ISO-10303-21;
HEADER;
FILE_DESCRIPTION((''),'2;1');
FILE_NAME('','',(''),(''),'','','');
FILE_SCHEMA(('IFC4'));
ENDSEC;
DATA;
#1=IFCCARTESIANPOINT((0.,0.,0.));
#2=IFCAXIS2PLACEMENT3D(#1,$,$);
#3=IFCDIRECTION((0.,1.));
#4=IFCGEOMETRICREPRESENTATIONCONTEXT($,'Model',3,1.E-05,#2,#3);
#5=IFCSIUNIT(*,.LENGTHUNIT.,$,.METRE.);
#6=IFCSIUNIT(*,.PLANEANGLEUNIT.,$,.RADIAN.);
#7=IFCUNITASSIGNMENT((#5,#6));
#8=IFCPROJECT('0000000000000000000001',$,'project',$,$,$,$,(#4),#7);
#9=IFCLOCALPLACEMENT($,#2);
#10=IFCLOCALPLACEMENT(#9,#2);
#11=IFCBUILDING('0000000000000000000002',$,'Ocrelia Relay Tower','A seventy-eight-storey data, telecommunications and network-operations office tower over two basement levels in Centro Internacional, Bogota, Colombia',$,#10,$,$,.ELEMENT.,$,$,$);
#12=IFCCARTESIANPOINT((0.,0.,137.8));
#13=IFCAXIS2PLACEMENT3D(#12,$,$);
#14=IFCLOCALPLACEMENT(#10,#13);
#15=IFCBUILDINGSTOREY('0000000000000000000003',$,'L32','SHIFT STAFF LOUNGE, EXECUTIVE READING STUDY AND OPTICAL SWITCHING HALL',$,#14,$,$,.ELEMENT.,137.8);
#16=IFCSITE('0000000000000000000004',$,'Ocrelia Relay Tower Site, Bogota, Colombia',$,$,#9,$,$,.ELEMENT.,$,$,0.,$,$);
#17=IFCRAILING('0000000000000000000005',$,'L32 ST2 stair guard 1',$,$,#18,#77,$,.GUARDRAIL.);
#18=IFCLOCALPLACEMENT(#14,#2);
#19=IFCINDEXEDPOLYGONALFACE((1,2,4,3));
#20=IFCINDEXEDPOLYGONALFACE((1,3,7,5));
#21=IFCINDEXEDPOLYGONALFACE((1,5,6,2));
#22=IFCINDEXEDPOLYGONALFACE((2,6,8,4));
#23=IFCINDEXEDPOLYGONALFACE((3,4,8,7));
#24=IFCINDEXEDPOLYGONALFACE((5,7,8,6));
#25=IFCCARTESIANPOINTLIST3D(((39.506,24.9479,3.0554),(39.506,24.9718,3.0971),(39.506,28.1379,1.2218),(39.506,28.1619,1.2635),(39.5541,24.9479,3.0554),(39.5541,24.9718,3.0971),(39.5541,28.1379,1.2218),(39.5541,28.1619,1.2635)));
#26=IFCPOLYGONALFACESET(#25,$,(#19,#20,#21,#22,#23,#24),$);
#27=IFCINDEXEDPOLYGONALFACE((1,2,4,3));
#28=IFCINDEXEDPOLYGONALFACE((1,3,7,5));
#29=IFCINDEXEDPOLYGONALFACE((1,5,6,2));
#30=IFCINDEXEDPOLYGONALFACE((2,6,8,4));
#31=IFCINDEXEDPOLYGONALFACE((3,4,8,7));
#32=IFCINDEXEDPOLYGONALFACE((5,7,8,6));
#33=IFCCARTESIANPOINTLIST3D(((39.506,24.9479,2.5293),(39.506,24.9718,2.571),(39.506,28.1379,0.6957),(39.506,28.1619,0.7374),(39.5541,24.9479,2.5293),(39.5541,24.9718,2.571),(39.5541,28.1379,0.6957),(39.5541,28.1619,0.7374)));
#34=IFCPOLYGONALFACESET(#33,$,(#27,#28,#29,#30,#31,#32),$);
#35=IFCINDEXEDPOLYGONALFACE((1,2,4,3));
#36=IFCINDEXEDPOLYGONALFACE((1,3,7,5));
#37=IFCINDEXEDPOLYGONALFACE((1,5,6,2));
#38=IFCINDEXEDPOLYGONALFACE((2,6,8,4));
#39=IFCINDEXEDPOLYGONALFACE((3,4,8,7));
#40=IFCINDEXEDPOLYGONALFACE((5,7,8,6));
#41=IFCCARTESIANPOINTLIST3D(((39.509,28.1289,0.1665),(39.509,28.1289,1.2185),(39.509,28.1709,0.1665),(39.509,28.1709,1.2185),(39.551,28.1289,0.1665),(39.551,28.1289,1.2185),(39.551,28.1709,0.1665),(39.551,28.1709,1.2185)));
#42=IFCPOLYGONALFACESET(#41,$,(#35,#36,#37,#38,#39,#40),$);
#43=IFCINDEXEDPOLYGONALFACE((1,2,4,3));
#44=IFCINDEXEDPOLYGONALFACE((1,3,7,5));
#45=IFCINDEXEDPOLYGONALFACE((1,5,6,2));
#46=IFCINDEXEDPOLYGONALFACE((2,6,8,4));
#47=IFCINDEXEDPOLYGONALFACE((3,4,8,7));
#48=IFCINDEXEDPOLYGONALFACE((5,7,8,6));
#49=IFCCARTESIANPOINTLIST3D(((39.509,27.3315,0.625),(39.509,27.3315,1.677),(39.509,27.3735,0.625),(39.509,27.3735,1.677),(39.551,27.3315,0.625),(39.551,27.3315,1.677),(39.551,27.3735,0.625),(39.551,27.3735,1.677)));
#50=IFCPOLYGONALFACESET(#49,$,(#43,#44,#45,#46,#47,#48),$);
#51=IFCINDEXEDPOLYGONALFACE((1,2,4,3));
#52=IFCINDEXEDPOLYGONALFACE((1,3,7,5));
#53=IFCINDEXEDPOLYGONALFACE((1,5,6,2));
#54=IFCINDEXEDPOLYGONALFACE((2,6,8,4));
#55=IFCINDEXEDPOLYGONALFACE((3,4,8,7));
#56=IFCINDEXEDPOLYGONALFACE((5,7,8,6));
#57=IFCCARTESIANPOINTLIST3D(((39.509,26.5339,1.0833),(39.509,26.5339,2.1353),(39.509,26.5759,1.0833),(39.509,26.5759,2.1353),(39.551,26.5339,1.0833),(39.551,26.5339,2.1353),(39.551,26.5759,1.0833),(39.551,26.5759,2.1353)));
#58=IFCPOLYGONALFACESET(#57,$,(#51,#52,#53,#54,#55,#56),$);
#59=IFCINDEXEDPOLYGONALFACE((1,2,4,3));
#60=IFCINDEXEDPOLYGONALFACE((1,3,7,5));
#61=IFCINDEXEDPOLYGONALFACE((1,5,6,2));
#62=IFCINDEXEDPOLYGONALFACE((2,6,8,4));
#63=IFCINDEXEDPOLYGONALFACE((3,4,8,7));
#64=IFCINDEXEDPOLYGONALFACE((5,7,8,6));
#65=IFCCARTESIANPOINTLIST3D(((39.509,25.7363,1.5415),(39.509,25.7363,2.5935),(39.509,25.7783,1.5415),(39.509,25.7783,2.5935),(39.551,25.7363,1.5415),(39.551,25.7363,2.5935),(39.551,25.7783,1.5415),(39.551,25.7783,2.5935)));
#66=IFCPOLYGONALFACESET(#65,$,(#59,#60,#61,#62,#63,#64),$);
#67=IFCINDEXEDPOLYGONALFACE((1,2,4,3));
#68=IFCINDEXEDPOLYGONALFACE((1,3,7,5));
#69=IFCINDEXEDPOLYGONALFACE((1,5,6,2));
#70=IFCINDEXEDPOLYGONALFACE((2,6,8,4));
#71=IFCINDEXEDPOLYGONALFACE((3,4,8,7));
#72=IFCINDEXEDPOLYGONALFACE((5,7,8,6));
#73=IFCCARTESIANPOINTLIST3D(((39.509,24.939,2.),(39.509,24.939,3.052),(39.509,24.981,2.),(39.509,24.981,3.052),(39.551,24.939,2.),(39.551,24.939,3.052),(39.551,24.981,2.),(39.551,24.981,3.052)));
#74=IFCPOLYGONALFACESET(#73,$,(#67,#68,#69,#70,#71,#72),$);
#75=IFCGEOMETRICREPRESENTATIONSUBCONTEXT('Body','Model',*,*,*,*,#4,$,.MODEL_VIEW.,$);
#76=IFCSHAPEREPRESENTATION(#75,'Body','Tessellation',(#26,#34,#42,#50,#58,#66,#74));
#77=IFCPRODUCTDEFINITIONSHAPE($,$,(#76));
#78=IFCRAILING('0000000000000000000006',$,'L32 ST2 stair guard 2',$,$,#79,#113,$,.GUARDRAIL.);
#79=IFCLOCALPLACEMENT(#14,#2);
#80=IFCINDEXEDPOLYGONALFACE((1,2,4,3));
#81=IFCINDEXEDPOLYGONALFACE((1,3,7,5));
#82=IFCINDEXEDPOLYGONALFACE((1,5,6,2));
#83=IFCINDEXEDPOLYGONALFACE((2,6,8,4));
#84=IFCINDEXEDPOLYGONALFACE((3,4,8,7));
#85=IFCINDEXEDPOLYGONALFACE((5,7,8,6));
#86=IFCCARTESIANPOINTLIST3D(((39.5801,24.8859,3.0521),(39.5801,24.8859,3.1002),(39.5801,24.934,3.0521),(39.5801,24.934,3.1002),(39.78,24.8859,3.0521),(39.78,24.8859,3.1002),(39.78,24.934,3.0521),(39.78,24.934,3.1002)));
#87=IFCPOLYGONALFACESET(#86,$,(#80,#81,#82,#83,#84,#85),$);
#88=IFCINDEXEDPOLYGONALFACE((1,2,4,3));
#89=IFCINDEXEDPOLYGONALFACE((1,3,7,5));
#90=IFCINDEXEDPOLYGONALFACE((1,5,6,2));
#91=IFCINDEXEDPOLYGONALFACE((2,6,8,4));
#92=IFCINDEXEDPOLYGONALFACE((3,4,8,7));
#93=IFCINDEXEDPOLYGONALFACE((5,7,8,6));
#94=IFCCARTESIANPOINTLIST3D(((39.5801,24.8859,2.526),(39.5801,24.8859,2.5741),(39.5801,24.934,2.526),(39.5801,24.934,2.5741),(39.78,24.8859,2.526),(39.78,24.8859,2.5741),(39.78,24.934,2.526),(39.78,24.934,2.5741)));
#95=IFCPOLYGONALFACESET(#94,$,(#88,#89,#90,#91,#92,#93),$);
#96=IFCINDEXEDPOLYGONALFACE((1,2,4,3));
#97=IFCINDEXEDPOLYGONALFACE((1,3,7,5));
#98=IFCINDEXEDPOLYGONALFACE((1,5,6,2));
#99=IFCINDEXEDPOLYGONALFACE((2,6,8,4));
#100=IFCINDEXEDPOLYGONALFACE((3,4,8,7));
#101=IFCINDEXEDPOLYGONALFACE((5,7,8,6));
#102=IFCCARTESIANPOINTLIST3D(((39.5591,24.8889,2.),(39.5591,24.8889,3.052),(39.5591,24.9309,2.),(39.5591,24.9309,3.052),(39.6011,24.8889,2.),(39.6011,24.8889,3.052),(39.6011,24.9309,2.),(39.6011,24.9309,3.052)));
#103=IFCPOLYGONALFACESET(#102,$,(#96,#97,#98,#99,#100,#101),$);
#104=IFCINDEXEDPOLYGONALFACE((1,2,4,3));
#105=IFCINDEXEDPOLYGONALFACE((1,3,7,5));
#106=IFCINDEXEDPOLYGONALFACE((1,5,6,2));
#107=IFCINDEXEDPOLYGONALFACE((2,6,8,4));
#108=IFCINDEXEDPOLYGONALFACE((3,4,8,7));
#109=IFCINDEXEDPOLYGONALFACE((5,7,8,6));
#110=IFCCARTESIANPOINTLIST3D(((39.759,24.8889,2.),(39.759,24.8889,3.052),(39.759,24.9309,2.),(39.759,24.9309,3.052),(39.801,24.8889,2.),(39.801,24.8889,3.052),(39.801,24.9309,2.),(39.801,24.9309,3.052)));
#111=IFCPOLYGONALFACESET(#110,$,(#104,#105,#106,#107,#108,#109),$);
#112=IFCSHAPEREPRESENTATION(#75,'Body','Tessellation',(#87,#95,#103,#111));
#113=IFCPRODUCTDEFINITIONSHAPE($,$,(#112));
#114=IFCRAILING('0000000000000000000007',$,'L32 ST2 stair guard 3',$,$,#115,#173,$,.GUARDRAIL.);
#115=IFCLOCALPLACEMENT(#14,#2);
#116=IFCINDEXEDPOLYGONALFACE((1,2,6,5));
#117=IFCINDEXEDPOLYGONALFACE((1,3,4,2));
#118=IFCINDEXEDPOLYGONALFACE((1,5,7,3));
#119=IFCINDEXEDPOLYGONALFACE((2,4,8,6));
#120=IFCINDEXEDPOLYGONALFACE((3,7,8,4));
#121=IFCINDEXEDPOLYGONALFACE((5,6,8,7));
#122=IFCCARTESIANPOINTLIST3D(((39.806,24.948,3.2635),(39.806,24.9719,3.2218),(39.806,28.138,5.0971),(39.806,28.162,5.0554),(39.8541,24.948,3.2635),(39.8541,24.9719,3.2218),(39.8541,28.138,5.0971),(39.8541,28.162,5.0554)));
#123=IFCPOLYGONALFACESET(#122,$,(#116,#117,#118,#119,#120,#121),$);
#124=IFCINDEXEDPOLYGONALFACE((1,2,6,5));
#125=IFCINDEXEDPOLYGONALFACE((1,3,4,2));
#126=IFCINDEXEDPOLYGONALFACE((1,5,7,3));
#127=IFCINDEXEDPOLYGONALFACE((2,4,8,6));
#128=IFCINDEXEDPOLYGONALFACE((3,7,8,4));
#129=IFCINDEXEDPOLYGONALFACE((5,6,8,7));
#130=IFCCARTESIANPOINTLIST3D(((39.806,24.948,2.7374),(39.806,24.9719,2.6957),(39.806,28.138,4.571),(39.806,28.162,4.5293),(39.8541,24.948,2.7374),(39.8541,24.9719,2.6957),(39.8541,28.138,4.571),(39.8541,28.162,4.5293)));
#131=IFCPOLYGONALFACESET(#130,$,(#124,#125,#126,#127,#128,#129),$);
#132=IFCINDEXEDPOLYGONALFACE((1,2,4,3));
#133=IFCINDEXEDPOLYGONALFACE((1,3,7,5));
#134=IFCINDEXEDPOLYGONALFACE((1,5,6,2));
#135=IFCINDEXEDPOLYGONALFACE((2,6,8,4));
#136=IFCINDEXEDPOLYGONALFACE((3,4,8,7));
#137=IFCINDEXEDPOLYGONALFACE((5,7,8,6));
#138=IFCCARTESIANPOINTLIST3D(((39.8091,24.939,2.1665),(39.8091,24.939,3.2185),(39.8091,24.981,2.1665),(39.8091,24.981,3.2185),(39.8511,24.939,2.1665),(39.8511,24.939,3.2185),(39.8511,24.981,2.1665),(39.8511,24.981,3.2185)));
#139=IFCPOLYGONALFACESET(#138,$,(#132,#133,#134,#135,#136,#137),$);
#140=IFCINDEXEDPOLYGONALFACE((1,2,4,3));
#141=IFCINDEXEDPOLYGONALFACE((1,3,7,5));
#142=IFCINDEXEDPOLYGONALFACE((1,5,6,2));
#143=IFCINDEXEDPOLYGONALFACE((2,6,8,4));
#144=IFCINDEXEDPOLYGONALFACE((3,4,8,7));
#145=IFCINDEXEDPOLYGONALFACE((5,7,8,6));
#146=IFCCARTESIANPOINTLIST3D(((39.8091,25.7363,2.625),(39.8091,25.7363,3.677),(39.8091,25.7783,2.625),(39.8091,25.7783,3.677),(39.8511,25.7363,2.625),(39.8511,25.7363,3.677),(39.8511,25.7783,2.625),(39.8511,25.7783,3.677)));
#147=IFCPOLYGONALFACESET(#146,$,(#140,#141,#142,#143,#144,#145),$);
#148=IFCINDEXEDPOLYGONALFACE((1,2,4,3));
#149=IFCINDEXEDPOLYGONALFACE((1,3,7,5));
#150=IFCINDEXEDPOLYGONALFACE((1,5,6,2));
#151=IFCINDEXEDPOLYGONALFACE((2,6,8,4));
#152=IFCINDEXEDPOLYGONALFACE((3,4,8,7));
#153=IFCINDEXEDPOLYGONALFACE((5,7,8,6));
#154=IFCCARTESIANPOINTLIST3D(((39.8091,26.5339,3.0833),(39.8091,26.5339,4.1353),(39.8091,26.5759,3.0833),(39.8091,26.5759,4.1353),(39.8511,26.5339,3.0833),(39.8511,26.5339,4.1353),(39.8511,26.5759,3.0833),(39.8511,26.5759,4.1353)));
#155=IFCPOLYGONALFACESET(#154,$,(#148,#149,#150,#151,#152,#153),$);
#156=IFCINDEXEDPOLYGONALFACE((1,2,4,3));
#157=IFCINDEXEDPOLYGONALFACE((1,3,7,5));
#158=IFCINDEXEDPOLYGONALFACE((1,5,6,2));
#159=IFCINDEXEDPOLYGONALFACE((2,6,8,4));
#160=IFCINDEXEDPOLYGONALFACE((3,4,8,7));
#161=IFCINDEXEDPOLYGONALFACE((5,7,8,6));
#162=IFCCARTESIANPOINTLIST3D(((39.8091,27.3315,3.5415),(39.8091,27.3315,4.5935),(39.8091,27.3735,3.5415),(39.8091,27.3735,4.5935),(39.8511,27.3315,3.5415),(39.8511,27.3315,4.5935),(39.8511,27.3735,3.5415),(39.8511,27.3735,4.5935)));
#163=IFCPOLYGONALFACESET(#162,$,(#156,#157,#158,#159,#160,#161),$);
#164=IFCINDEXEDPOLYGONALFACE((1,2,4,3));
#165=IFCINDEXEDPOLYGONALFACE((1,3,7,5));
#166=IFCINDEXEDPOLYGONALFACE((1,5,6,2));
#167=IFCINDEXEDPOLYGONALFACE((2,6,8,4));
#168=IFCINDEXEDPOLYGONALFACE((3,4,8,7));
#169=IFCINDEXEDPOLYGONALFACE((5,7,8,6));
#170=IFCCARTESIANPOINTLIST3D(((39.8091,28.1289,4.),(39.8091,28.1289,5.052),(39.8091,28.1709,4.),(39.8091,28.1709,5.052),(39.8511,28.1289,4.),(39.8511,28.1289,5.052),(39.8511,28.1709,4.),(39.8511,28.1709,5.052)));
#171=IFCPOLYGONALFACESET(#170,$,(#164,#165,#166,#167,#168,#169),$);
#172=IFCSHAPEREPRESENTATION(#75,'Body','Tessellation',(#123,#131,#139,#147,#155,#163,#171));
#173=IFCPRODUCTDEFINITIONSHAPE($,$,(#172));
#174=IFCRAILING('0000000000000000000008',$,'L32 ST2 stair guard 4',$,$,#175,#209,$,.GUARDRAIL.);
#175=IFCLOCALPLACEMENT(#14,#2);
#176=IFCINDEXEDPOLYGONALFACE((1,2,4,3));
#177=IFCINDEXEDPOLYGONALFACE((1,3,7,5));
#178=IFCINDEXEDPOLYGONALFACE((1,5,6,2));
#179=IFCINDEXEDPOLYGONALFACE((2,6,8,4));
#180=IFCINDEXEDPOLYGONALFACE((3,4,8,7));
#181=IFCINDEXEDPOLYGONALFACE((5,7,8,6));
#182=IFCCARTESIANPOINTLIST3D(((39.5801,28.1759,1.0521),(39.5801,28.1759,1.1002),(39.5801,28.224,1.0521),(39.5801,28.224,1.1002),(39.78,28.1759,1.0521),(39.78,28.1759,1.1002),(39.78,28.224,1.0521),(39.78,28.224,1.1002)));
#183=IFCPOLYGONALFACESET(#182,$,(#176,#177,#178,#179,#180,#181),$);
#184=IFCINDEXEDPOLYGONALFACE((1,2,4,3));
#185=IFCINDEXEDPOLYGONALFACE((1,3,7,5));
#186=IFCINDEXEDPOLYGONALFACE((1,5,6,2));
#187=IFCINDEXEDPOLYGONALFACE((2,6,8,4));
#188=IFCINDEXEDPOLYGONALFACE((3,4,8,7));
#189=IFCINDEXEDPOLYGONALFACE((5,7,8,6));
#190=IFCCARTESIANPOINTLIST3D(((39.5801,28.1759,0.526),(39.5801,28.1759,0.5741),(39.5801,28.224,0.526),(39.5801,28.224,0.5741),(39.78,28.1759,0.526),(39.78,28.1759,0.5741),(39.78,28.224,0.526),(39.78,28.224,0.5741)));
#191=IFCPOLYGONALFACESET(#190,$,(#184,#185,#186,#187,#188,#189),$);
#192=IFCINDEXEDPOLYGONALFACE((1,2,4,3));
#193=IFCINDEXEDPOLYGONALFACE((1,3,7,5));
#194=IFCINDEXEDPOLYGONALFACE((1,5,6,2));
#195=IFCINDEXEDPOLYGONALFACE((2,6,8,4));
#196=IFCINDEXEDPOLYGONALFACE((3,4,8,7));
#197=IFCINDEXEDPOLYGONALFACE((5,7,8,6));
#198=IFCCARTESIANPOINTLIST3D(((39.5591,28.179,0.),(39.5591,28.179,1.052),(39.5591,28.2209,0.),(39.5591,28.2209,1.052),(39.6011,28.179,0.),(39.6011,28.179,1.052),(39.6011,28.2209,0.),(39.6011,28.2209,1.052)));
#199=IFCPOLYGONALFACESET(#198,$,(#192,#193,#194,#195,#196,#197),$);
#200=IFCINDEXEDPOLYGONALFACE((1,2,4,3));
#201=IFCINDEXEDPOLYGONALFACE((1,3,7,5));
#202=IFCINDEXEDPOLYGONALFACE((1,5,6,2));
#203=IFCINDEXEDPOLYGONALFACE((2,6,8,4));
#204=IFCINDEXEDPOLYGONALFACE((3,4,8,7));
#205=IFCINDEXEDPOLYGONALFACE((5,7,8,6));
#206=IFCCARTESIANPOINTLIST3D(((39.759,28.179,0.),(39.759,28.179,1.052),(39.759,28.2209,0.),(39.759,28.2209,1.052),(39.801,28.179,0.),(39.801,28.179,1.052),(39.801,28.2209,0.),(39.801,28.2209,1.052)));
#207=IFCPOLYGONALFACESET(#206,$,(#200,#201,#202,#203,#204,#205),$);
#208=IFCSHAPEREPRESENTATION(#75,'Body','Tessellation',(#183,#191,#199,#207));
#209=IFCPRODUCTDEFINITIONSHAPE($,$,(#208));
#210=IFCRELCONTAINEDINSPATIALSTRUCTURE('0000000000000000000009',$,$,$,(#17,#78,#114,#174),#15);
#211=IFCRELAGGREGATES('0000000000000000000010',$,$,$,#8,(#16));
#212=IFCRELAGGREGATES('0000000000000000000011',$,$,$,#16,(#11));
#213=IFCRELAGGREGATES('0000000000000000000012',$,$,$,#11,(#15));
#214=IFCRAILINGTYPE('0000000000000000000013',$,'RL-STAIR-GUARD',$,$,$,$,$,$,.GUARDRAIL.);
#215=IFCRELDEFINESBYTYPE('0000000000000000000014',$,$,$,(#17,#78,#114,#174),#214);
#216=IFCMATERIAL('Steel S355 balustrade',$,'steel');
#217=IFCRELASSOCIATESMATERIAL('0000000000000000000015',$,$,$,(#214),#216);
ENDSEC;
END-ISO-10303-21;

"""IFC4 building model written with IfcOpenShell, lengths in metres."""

from ifc_helpers import new_model, si_unit, direction, frame, origin, origin_2d, place, context, subcontext, project, spatial, rectangle, extrude, material, type_object, element, save


model = new_model("IFC4")

# Units and contexts
model_context = context("Model", 3, precision=1e-05, world=origin(), true_north=direction((0.0, 1.0)))
body_context = subcontext(model_context, "Body", "Model", "MODEL_VIEW")
ifc_project = project(units=[si_unit("LENGTHUNIT", "METRE"), si_unit("PLANEANGLEUNIT", "RADIAN")], contexts=[model_context])

# Site, building, storey
site_placement = place(None, origin())
site = spatial("IfcSite", under=ifc_project, at=site_placement, Name="Ocrelia Relay Tower Site, Bogota, Colombia", CompositionType="ELEMENT", RefElevation=0.0)
building_placement = place(site_placement, origin())
building = spatial("IfcBuilding", under=site, at=building_placement, Name="Ocrelia Relay Tower", Description="A seventy-eight-storey data, telecommunications and network-operations office tower over two basement levels in Centro Internacional, Bogota, Colombia", CompositionType="ELEMENT")
storey_placement = place(building_placement, frame((0.0, 0.0, 137.8)))
storey = spatial("IfcBuildingStorey", under=building, at=storey_placement, Name="L32", Description="SHIFT STAFF LOUNGE, EXECUTIVE READING STUDY AND OPTICAL SWITCHING HALL", CompositionType="ELEMENT", Elevation=137.8)

# Railings
ifc_material_1 = material(Name="Steel S355 balustrade", Category="steel")
railing_type_1 = type_object("IfcRailingType", Name="RL-STAIR-GUARD", PredefinedType="GUARDRAIL", material=ifc_material_1)
railing_1_placement = place(storey_placement, frame((39.53, 28.1499, 0.1665)))
element("IfcRailing", 1, at=railing_1_placement, inside=storey, type_object=railing_type_1, Name="L32 ST2 stair guard 1", PredefinedType="GUARDRAIL", context=body_context, shape_type="SweptSolid", body=[
    extrude(rectangle(XDim=0.0481, YDim=0.0481, at=origin_2d()), frame((0.0, 0.0, 1.0762), z_axis=(0.0, -0.866991, 0.498324), x_axis=(1.0, 0.0, 0.0)), (0.0, 0.0, 1.0), 3.6794),
    extrude(rectangle(XDim=0.0481, YDim=0.0481, at=origin_2d()), frame((0.0, 0.0, 0.55), z_axis=(0.0, -0.866991, 0.498324), x_axis=(1.0, 0.0, 0.0)), (0.0, 0.0, 1.0), 3.6794),
    extrude(rectangle(XDim=0.042, YDim=0.042, at=origin_2d()), origin(), (0.0, 0.0, 1.0), 1.052),
    extrude(rectangle(XDim=0.042, YDim=0.042, at=origin_2d()), frame((0.0, -0.7974, 0.4585)), (0.0, 0.0, 1.0), 1.052),
    extrude(rectangle(XDim=0.042, YDim=0.042, at=origin_2d()), frame((0.0, -1.595, 0.9167)), (0.0, 0.0, 1.0), 1.052),
    extrude(rectangle(XDim=0.042, YDim=0.042, at=origin_2d()), frame((0.0, -2.3926, 1.375)), (0.0, 0.0, 1.0), 1.052),
    extrude(rectangle(XDim=0.042, YDim=0.042, at=origin_2d()), frame((0.0, -3.1899, 1.8335)), (0.0, 0.0, 1.0), 1.052),
])
railing_2_placement = place(storey_placement, frame((39.5801, 24.9099, 2.0)))
element("IfcRailing", 2, at=railing_2_placement, inside=storey, type_object=railing_type_1, Name="L32 ST2 stair guard 2", PredefinedType="GUARDRAIL", context=body_context, shape_type="SweptSolid", body=[
    extrude(rectangle(XDim=0.0481, YDim=0.0481, at=origin_2d()), frame((0.0, 0.0, 1.0762), z_axis=(1.0, 0.0, 0.0), x_axis=(0.0, 1.0, 0.0)), (0.0, 0.0, 1.0), 0.2),
    extrude(rectangle(XDim=0.0481, YDim=0.0481, at=origin_2d()), frame((0.0, 0.0, 0.55), z_axis=(1.0, 0.0, 0.0), x_axis=(0.0, 1.0, 0.0)), (0.0, 0.0, 1.0), 0.2),
    extrude(rectangle(XDim=0.042, YDim=0.042, at=origin_2d()), origin(), (0.0, 0.0, 1.0), 1.052),
    extrude(rectangle(XDim=0.042, YDim=0.042, at=origin_2d()), frame((0.2, 0.0, 0.0)), (0.0, 0.0, 1.0), 1.052),
])
railing_3_placement = place(storey_placement, frame((39.8301, 24.96, 2.1665)))
element("IfcRailing", 3, at=railing_3_placement, inside=storey, type_object=railing_type_1, Name="L32 ST2 stair guard 3", PredefinedType="GUARDRAIL", context=body_context, shape_type="SweptSolid", body=[
    extrude(rectangle(XDim=0.0481, YDim=0.0481, at=origin_2d()), frame((0.0, 0.0, 1.0762), z_axis=(0.0, 0.866991, 0.498324), x_axis=(-1.0, 0.0, 0.0)), (0.0, 0.0, 1.0), 3.6794),
    extrude(rectangle(XDim=0.0481, YDim=0.0481, at=origin_2d()), frame((0.0, 0.0, 0.55), z_axis=(0.0, 0.866991, 0.498324), x_axis=(-1.0, 0.0, 0.0)), (0.0, 0.0, 1.0), 3.6794),
    extrude(rectangle(XDim=0.042, YDim=0.042, at=origin_2d()), origin(), (0.0, 0.0, 1.0), 1.052),
    extrude(rectangle(XDim=0.042, YDim=0.042, at=origin_2d()), frame((0.0, 0.7974, 0.4585)), (0.0, 0.0, 1.0), 1.052),
    extrude(rectangle(XDim=0.042, YDim=0.042, at=origin_2d()), frame((0.0, 1.595, 0.9167)), (0.0, 0.0, 1.0), 1.052),
    extrude(rectangle(XDim=0.042, YDim=0.042, at=origin_2d()), frame((0.0, 2.3926, 1.375)), (0.0, 0.0, 1.0), 1.052),
    extrude(rectangle(XDim=0.042, YDim=0.042, at=origin_2d()), frame((0.0, 3.1899, 1.8335)), (0.0, 0.0, 1.0), 1.052),
])
railing_4_placement = place(storey_placement, frame((39.5801, 28.2, 0.0)))
element("IfcRailing", 4, at=railing_4_placement, inside=storey, type_object=railing_type_1, Name="L32 ST2 stair guard 4", PredefinedType="GUARDRAIL", context=body_context, shape_type="SweptSolid", body=[
    extrude(rectangle(XDim=0.0481, YDim=0.0481, at=origin_2d()), frame((0.0, 0.0, 1.0762), z_axis=(1.0, 0.0, 0.0), x_axis=(0.0, 1.0, 0.0)), (0.0, 0.0, 1.0), 0.2),
    extrude(rectangle(XDim=0.0481, YDim=0.0481, at=origin_2d()), frame((0.0, 0.0, 0.55), z_axis=(1.0, 0.0, 0.0), x_axis=(0.0, 1.0, 0.0)), (0.0, 0.0, 1.0), 0.2),
    extrude(rectangle(XDim=0.042, YDim=0.042, at=origin_2d()), origin(), (0.0, 0.0, 1.0), 1.052),
    extrude(rectangle(XDim=0.042, YDim=0.042, at=origin_2d()), frame((0.2, 0.0, 0.0)), (0.0, 0.0, 1.0), 1.052),
])

save(model, "model.ifc")
